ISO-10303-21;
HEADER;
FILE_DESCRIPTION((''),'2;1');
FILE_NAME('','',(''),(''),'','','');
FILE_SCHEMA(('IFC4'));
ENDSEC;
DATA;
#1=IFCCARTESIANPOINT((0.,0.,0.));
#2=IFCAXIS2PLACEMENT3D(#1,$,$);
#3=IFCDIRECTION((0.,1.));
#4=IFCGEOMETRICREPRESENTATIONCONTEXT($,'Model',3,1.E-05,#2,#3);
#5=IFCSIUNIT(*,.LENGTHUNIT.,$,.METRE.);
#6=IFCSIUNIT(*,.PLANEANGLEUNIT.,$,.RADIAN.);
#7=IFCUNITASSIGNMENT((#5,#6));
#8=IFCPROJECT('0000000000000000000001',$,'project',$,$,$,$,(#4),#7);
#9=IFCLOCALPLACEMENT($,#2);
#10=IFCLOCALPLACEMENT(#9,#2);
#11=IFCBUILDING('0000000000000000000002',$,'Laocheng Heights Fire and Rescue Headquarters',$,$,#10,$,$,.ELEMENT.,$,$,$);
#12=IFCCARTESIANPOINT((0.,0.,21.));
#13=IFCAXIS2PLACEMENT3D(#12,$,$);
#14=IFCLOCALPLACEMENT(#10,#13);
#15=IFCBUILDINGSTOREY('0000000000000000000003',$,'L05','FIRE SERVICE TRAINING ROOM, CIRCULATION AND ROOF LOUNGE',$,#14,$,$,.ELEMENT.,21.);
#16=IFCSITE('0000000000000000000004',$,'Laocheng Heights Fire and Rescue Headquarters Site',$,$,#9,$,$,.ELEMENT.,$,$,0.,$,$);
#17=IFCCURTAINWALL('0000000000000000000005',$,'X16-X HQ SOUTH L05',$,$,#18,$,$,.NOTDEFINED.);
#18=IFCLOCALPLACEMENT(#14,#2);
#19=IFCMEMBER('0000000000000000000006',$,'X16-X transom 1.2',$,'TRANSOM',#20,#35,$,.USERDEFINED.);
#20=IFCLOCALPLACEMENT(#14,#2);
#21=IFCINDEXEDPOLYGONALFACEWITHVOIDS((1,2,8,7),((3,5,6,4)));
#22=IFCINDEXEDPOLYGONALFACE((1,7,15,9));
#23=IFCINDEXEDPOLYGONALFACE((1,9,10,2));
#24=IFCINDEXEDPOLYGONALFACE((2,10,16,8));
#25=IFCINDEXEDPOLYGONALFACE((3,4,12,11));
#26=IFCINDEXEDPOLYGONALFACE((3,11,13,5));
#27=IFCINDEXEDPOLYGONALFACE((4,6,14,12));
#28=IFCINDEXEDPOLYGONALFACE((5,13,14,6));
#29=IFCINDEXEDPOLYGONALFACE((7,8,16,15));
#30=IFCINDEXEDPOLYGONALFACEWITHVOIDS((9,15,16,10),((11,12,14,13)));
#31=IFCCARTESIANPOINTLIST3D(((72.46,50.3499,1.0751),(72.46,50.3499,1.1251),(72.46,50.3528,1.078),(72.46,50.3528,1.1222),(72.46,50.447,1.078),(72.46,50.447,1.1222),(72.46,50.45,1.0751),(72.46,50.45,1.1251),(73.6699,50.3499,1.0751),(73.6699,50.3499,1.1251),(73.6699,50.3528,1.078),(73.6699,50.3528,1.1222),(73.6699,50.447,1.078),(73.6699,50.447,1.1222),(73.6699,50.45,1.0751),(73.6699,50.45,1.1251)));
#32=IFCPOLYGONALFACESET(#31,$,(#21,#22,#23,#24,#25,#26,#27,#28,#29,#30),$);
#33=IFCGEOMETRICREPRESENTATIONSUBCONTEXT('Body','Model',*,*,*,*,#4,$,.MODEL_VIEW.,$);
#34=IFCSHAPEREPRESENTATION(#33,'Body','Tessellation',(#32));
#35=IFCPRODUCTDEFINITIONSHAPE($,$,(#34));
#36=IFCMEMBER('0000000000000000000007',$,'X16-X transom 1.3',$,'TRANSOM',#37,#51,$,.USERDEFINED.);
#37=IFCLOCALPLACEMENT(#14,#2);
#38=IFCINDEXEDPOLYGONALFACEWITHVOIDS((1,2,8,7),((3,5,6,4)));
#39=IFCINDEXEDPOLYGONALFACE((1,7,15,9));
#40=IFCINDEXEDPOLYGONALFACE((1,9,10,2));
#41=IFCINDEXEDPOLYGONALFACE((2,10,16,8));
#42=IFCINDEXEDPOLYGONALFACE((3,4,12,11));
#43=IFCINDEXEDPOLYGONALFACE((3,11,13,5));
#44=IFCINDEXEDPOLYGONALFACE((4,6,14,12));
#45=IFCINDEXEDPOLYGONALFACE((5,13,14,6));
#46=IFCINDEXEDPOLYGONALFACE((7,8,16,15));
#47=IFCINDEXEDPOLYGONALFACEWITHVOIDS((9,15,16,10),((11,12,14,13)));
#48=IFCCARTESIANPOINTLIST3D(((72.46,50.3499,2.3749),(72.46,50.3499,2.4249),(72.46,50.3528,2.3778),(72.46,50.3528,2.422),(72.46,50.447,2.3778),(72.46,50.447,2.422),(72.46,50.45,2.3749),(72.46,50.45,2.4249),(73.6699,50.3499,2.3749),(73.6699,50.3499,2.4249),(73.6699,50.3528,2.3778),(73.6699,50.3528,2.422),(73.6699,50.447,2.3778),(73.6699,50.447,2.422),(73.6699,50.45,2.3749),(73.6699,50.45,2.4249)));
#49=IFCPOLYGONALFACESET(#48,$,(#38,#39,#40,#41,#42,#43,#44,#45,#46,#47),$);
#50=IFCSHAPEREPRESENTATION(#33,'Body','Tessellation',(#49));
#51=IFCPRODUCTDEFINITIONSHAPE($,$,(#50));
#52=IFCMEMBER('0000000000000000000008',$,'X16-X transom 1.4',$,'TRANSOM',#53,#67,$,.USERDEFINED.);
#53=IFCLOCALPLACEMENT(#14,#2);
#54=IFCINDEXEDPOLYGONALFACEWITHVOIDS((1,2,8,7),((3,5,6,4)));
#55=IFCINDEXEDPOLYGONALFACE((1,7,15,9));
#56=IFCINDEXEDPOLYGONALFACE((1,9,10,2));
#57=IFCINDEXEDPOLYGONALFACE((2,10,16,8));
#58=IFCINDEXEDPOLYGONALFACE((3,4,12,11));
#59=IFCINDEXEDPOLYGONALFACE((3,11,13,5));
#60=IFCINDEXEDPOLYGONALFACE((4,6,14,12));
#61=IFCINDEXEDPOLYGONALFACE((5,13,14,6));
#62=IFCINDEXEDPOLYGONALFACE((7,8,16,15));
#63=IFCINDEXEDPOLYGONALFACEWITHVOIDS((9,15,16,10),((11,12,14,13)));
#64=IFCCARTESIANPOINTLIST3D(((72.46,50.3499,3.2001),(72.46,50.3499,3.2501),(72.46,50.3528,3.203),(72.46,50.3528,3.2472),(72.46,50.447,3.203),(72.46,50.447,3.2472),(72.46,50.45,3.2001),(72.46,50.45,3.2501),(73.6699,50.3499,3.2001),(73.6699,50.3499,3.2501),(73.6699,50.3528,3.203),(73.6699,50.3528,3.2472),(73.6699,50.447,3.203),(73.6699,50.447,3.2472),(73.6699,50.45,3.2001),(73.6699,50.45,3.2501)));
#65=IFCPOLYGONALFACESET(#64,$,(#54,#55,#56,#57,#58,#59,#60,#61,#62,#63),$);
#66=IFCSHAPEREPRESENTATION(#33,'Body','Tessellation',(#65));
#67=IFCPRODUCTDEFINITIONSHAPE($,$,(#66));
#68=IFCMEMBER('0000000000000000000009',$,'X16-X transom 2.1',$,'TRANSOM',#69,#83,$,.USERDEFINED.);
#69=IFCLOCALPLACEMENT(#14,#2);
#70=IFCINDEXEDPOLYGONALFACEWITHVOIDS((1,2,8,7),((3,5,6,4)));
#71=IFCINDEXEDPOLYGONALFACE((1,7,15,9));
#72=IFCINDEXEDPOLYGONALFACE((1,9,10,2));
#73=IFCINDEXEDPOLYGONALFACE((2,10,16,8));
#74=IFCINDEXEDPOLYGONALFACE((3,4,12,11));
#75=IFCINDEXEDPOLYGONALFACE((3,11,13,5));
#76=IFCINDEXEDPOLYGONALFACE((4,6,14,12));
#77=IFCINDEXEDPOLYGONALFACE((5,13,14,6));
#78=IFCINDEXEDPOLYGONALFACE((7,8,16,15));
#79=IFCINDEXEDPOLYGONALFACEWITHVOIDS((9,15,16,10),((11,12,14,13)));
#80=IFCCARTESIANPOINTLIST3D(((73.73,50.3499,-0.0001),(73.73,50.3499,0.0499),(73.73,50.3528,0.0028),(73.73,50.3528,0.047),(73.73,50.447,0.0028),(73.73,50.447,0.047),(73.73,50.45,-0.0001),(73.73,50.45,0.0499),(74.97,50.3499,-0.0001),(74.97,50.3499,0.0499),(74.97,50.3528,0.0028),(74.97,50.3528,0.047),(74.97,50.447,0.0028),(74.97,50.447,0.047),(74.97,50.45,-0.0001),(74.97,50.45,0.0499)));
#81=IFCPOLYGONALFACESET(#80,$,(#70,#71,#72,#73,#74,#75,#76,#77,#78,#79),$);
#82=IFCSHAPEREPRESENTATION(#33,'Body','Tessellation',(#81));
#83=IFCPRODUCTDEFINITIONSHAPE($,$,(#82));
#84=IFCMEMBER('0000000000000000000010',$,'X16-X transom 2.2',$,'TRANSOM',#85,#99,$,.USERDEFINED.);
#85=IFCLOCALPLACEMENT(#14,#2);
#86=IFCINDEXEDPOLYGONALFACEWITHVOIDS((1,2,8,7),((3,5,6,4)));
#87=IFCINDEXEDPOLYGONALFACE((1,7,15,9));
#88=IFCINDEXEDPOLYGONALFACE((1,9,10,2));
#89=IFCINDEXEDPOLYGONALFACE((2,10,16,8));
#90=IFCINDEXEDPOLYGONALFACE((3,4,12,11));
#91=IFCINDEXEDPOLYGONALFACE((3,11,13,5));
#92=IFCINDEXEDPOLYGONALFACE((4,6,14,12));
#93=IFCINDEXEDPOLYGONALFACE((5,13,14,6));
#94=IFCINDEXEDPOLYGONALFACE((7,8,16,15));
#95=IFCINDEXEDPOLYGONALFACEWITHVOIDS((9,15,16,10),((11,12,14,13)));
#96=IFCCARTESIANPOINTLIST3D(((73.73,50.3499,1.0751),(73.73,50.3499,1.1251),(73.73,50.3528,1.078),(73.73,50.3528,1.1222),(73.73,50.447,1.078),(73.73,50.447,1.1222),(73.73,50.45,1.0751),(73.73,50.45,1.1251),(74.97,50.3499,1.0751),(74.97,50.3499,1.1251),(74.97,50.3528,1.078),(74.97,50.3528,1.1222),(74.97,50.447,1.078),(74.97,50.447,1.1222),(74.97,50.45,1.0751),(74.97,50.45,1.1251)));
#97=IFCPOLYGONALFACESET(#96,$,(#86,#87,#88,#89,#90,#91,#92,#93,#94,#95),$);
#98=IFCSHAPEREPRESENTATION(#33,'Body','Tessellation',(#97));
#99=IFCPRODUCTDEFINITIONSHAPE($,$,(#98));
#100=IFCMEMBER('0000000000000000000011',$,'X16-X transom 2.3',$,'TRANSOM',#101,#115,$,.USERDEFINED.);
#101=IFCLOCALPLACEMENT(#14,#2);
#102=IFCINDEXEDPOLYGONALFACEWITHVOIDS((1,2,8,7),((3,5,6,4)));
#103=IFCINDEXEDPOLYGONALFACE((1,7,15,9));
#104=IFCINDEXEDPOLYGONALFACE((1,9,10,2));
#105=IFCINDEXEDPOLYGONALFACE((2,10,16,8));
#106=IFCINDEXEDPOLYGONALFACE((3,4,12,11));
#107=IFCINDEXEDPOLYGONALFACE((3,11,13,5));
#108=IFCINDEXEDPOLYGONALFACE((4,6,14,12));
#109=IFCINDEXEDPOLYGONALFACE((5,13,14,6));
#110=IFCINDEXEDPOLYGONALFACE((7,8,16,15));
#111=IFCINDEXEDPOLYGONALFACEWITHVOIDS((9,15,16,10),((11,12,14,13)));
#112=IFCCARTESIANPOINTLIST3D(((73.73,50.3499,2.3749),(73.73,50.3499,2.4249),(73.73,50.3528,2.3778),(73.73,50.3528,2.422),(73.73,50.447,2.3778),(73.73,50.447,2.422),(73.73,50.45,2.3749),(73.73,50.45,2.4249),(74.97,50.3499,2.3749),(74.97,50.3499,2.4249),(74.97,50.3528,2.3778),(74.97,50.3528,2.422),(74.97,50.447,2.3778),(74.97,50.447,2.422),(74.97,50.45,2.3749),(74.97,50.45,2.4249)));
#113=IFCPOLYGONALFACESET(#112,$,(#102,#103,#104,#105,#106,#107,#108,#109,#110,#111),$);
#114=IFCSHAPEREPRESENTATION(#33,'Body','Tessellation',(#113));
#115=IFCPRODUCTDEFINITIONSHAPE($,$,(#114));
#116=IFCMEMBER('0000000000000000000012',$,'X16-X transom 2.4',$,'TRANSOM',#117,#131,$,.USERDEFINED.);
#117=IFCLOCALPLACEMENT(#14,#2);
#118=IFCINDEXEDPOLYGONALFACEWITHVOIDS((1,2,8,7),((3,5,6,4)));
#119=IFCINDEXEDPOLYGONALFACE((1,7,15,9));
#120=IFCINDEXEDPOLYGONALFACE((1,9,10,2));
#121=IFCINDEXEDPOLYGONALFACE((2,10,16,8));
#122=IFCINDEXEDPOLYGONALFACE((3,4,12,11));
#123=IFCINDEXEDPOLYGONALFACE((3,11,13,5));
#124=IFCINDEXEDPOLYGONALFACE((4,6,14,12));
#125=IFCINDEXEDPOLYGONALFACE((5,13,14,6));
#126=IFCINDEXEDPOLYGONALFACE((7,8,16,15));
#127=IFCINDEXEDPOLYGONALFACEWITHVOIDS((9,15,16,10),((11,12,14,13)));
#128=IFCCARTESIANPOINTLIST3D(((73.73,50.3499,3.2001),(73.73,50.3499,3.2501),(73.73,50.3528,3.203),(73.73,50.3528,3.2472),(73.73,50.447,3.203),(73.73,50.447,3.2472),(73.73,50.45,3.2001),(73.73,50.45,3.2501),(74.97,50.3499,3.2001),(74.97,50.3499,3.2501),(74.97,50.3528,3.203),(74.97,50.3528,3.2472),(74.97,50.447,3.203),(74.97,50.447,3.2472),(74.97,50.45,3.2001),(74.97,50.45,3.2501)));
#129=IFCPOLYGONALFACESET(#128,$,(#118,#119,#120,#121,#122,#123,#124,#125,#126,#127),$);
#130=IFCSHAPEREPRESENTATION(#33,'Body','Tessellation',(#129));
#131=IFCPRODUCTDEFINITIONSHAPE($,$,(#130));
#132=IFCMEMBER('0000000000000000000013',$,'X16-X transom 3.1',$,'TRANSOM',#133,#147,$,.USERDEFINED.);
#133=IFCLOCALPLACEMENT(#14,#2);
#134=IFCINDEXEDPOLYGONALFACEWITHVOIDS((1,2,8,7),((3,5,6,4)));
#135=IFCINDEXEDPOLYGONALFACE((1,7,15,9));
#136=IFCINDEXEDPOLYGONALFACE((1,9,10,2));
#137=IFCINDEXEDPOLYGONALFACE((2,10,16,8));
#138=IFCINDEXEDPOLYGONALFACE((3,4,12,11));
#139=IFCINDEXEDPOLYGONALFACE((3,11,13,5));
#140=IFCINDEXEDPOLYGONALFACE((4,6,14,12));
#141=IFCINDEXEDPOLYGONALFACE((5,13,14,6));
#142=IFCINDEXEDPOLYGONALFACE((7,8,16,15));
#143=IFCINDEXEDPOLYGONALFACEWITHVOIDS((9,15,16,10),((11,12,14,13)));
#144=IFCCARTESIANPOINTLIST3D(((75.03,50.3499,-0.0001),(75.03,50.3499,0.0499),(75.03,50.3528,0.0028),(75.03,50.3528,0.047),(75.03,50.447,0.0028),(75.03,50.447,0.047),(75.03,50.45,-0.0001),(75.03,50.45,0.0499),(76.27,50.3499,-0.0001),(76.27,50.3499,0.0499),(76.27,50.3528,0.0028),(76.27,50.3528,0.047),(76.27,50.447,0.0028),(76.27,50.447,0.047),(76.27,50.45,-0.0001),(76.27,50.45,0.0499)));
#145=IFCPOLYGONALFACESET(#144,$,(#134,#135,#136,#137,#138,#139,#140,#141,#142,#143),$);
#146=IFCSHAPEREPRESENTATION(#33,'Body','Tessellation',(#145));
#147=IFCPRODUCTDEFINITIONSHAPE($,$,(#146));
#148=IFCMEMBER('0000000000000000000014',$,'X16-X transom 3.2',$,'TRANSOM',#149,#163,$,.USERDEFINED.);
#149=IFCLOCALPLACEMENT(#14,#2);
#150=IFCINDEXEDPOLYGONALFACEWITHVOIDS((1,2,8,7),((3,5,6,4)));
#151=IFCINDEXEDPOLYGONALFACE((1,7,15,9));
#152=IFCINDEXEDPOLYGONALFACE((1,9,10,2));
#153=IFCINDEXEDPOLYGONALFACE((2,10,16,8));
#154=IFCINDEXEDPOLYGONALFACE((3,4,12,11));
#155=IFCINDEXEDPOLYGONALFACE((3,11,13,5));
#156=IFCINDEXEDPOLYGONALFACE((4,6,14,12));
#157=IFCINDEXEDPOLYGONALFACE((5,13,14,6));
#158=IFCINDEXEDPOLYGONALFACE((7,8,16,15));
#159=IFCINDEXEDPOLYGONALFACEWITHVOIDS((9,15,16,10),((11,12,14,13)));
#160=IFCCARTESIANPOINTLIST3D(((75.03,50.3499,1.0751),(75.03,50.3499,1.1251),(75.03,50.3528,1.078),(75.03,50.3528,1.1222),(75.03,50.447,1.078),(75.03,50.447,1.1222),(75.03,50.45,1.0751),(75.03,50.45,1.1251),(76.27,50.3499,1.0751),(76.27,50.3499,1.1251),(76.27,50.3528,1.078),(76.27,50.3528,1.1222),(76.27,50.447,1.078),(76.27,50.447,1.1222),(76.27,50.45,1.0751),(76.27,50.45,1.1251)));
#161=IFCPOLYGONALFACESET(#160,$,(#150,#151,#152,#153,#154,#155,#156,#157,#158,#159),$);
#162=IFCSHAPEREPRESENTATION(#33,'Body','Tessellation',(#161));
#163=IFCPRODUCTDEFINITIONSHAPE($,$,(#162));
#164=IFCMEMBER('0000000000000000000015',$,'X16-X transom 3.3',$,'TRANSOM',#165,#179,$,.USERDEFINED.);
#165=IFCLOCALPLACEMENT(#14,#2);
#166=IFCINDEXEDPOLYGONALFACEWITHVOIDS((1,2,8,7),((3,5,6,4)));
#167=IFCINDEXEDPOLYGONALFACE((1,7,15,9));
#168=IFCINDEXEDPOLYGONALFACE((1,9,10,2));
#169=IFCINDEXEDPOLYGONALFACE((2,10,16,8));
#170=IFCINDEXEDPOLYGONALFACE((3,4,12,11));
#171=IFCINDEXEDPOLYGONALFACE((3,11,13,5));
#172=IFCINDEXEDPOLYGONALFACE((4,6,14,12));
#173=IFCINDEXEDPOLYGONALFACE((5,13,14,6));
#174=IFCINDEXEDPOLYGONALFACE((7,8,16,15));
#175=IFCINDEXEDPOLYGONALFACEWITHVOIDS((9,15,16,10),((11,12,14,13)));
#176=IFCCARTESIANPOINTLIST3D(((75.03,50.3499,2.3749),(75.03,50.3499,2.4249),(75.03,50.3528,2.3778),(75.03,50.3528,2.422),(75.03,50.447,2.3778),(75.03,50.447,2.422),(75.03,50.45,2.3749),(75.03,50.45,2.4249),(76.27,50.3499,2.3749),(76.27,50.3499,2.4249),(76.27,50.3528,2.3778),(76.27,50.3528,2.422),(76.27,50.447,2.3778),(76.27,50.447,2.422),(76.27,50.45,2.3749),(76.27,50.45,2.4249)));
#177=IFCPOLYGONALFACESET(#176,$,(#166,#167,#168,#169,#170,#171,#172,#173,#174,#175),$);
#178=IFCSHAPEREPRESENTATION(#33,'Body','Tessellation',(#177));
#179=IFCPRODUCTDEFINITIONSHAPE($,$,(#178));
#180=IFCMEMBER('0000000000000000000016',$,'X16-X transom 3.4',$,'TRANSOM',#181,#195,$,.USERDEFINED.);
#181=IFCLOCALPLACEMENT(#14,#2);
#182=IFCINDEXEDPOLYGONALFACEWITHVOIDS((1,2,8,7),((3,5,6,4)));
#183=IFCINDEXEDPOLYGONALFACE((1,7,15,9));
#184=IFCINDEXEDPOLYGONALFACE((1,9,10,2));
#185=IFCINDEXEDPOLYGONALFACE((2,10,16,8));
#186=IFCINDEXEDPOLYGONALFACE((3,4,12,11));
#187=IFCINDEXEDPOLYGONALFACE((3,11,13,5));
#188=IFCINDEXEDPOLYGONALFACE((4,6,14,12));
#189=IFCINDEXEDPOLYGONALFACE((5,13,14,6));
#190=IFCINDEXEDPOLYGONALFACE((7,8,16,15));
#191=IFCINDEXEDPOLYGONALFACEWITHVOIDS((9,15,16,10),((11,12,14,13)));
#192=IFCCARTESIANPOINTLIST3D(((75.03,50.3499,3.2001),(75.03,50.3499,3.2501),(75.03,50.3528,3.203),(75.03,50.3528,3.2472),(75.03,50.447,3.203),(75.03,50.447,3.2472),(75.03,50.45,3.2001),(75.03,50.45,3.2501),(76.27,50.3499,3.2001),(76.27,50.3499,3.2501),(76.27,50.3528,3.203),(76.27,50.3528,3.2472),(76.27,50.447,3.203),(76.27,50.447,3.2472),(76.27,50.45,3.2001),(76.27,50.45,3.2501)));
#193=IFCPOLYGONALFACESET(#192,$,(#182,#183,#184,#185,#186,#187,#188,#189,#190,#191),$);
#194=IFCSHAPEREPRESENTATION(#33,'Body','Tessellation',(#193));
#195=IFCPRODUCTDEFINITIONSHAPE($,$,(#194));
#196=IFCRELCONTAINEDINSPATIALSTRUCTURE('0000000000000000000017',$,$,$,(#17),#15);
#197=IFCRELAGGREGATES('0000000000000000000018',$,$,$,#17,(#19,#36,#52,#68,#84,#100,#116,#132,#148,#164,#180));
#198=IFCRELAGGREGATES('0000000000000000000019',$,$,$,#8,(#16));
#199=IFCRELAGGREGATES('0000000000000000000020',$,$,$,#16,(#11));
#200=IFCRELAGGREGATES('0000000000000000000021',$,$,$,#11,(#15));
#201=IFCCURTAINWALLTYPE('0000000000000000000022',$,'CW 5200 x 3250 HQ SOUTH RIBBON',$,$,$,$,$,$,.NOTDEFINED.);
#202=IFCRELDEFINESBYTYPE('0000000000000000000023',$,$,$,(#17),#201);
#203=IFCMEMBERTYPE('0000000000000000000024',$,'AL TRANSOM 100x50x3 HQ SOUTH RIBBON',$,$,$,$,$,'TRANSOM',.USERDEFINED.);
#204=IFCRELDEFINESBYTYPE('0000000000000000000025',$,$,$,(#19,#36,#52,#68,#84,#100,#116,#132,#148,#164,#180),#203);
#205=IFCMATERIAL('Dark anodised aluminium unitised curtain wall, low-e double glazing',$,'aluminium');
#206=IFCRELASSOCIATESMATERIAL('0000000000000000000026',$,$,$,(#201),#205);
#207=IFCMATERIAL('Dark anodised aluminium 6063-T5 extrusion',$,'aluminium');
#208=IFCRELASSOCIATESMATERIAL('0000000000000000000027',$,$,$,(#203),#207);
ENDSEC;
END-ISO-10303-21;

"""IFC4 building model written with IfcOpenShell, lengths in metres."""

from ifc_helpers import new_model, si_unit, direction, frame, origin, origin_2d, place, context, subcontext, project, spatial, hollow_rectangle, extrude, material, material_profile, profile_set, type_object, element, aggregate, save


model = new_model("IFC4")

# Units and contexts
model_context = context("Model", 3, precision=1e-05, world=origin(), true_north=direction((0.0, 1.0)))
body_context = subcontext(model_context, "Body", "Model", "MODEL_VIEW")
ifc_project = project(units=[si_unit("LENGTHUNIT", "METRE"), si_unit("PLANEANGLEUNIT", "RADIAN")], contexts=[model_context])

# Site, building, storey
site_placement = place(None, origin())
site = spatial("IfcSite", under=ifc_project, at=site_placement, Name="Laocheng Heights Fire and Rescue Headquarters Site", CompositionType="ELEMENT", RefElevation=0.0)
building_placement = place(site_placement, origin())
building = spatial("IfcBuilding", under=site, at=building_placement, Name="Laocheng Heights Fire and Rescue Headquarters", CompositionType="ELEMENT")
storey_placement = place(building_placement, frame((0.0, 0.0, 21.0)))
storey = spatial("IfcBuildingStorey", under=building, at=storey_placement, Name="L05", Description="FIRE SERVICE TRAINING ROOM, CIRCULATION AND ROOF LOUNGE", CompositionType="ELEMENT", Elevation=21.0)

# Curtain wall
ifc_material_1 = material(Name="Dark anodised aluminium unitised curtain wall, low-e double glazing", Category="aluminium")
curtain_wall_type = type_object("IfcCurtainWallType", Name="CW 5200 x 3250 HQ SOUTH RIBBON", PredefinedType="NOTDEFINED", material=ifc_material_1)
curtain_wall_1_placement = place(storey_placement, origin())
curtain_wall_1 = element("IfcCurtainWall", 1, at=curtain_wall_1_placement, inside=storey, type_object=curtain_wall_type, Name="X16-X HQ SOUTH L05", PredefinedType="NOTDEFINED")

# Members
ifc_material_2 = material(Name="Dark anodised aluminium 6063-T5 extrusion", Category="aluminium")
ifc_material_profile_1 = material_profile(ifc_material_2, hollow_rectangle(XDim=0.1001, YDim=0.05, WallThickness=0.0029, at=origin_2d()), Name="AL TRANSOM 100x50x3 HQ SOUTH RIBBON")
ifc_profile_set_1 = profile_set([ifc_material_profile_1], Name="Dark anodised aluminium 6063-T5 extrusion")
member_type_1 = type_object("IfcMemberType", Name="AL TRANSOM 100x50x3 HQ SOUTH RIBBON", ElementType="TRANSOM", PredefinedType="USERDEFINED", material=ifc_profile_set_1)
member_1_placement = place(storey_placement, frame((72.46, 50.3999, 1.1001), z_axis=(1.0, 0.0, 0.0), x_axis=(0.0, 1.0, 0.0)))
member_1 = element("IfcMember", 2, at=member_1_placement, type_object=member_type_1, Name="X16-X transom 1.2", ObjectType="TRANSOM", PredefinedType="USERDEFINED", context=body_context, shape_type="SweptSolid", body=[
    extrude(hollow_rectangle(XDim=0.1001, YDim=0.05, WallThickness=0.0029, at=origin_2d()), origin(), (0.0, 0.0, 1.0), 1.21),
])
member_2_placement = place(storey_placement, frame((72.46, 50.3999, 2.3999), z_axis=(1.0, 0.0, 0.0), x_axis=(0.0, 1.0, 0.0)))
member_2 = element("IfcMember", 3, at=member_2_placement, type_object=member_type_1, Name="X16-X transom 1.3", ObjectType="TRANSOM", PredefinedType="USERDEFINED", context=body_context, shape_type="SweptSolid", body=[
    extrude(hollow_rectangle(XDim=0.1001, YDim=0.05, WallThickness=0.0029, at=origin_2d()), origin(), (0.0, 0.0, 1.0), 1.21),
])
member_3_placement = place(storey_placement, frame((72.46, 50.3999, 3.2251), z_axis=(1.0, 0.0, 0.0), x_axis=(0.0, 1.0, 0.0)))
member_3 = element("IfcMember", 4, at=member_3_placement, type_object=member_type_1, Name="X16-X transom 1.4", ObjectType="TRANSOM", PredefinedType="USERDEFINED", context=body_context, shape_type="SweptSolid", body=[
    extrude(hollow_rectangle(XDim=0.1001, YDim=0.05, WallThickness=0.0029, at=origin_2d()), origin(), (0.0, 0.0, 1.0), 1.21),
])
member_4_placement = place(storey_placement, frame((73.73, 50.3999, 0.0249), z_axis=(1.0, 0.0, 0.0), x_axis=(0.0, 1.0, 0.0)))
member_4 = element("IfcMember", 5, at=member_4_placement, type_object=member_type_1, Name="X16-X transom 2.1", ObjectType="TRANSOM", PredefinedType="USERDEFINED", context=body_context, shape_type="SweptSolid", body=[
    extrude(hollow_rectangle(XDim=0.1001, YDim=0.05, WallThickness=0.0029, at=origin_2d()), origin(), (0.0, 0.0, 1.0), 1.24),
])
member_5_placement = place(storey_placement, frame((73.73, 50.3999, 1.1001), z_axis=(1.0, 0.0, 0.0), x_axis=(0.0, 1.0, 0.0)))
member_5 = element("IfcMember", 6, at=member_5_placement, type_object=member_type_1, Name="X16-X transom 2.2", ObjectType="TRANSOM", PredefinedType="USERDEFINED", context=body_context, shape_type="SweptSolid", body=[
    extrude(hollow_rectangle(XDim=0.1001, YDim=0.05, WallThickness=0.0029, at=origin_2d()), origin(), (0.0, 0.0, 1.0), 1.24),
])
member_6_placement = place(storey_placement, frame((73.73, 50.3999, 2.3999), z_axis=(1.0, 0.0, 0.0), x_axis=(0.0, 1.0, 0.0)))
member_6 = element("IfcMember", 7, at=member_6_placement, type_object=member_type_1, Name="X16-X transom 2.3", ObjectType="TRANSOM", PredefinedType="USERDEFINED", context=body_context, shape_type="SweptSolid", body=[
    extrude(hollow_rectangle(XDim=0.1001, YDim=0.05, WallThickness=0.0029, at=origin_2d()), origin(), (0.0, 0.0, 1.0), 1.24),
])
member_7_placement = place(storey_placement, frame((73.73, 50.3999, 3.2251), z_axis=(1.0, 0.0, 0.0), x_axis=(0.0, 1.0, 0.0)))
member_7 = element("IfcMember", 8, at=member_7_placement, type_object=member_type_1, Name="X16-X transom 2.4", ObjectType="TRANSOM", PredefinedType="USERDEFINED", context=body_context, shape_type="SweptSolid", body=[
    extrude(hollow_rectangle(XDim=0.1001, YDim=0.05, WallThickness=0.0029, at=origin_2d()), origin(), (0.0, 0.0, 1.0), 1.24),
])
member_8_placement = place(storey_placement, frame((75.03, 50.3999, 0.0249), z_axis=(1.0, 0.0, 0.0), x_axis=(0.0, 1.0, 0.0)))
member_8 = element("IfcMember", 9, at=member_8_placement, type_object=member_type_1, Name="X16-X transom 3.1", ObjectType="TRANSOM", PredefinedType="USERDEFINED", context=body_context, shape_type="SweptSolid", body=[
    extrude(hollow_rectangle(XDim=0.1001, YDim=0.05, WallThickness=0.0029, at=origin_2d()), origin(), (0.0, 0.0, 1.0), 1.24),
])
member_9_placement = place(storey_placement, frame((75.03, 50.3999, 1.1001), z_axis=(1.0, 0.0, 0.0), x_axis=(0.0, 1.0, 0.0)))
member_9 = element("IfcMember", 10, at=member_9_placement, type_object=member_type_1, Name="X16-X transom 3.2", ObjectType="TRANSOM", PredefinedType="USERDEFINED", context=body_context, shape_type="SweptSolid", body=[
    extrude(hollow_rectangle(XDim=0.1001, YDim=0.05, WallThickness=0.0029, at=origin_2d()), origin(), (0.0, 0.0, 1.0), 1.24),
])
member_10_placement = place(storey_placement, frame((75.03, 50.3999, 2.3999), z_axis=(1.0, 0.0, 0.0), x_axis=(0.0, 1.0, 0.0)))
member_10 = element("IfcMember", 11, at=member_10_placement, type_object=member_type_1, Name="X16-X transom 3.3", ObjectType="TRANSOM", PredefinedType="USERDEFINED", context=body_context, shape_type="SweptSolid", body=[
    extrude(hollow_rectangle(XDim=0.1001, YDim=0.05, WallThickness=0.0029, at=origin_2d()), origin(), (0.0, 0.0, 1.0), 1.24),
])
member_11_placement = place(storey_placement, frame((75.03, 50.3999, 3.2251), z_axis=(1.0, 0.0, 0.0), x_axis=(0.0, 1.0, 0.0)))
member_11 = element("IfcMember", 12, at=member_11_placement, type_object=member_type_1, Name="X16-X transom 3.4", ObjectType="TRANSOM", PredefinedType="USERDEFINED", context=body_context, shape_type="SweptSolid", body=[
    extrude(hollow_rectangle(XDim=0.1001, YDim=0.05, WallThickness=0.0029, at=origin_2d()), origin(), (0.0, 0.0, 1.0), 1.24),
])

aggregate(curtain_wall_1, [member_1, member_2, member_3, member_4, member_5, member_6, member_7, member_8, member_9, member_10, member_11])

save(model, "model.ifc")
